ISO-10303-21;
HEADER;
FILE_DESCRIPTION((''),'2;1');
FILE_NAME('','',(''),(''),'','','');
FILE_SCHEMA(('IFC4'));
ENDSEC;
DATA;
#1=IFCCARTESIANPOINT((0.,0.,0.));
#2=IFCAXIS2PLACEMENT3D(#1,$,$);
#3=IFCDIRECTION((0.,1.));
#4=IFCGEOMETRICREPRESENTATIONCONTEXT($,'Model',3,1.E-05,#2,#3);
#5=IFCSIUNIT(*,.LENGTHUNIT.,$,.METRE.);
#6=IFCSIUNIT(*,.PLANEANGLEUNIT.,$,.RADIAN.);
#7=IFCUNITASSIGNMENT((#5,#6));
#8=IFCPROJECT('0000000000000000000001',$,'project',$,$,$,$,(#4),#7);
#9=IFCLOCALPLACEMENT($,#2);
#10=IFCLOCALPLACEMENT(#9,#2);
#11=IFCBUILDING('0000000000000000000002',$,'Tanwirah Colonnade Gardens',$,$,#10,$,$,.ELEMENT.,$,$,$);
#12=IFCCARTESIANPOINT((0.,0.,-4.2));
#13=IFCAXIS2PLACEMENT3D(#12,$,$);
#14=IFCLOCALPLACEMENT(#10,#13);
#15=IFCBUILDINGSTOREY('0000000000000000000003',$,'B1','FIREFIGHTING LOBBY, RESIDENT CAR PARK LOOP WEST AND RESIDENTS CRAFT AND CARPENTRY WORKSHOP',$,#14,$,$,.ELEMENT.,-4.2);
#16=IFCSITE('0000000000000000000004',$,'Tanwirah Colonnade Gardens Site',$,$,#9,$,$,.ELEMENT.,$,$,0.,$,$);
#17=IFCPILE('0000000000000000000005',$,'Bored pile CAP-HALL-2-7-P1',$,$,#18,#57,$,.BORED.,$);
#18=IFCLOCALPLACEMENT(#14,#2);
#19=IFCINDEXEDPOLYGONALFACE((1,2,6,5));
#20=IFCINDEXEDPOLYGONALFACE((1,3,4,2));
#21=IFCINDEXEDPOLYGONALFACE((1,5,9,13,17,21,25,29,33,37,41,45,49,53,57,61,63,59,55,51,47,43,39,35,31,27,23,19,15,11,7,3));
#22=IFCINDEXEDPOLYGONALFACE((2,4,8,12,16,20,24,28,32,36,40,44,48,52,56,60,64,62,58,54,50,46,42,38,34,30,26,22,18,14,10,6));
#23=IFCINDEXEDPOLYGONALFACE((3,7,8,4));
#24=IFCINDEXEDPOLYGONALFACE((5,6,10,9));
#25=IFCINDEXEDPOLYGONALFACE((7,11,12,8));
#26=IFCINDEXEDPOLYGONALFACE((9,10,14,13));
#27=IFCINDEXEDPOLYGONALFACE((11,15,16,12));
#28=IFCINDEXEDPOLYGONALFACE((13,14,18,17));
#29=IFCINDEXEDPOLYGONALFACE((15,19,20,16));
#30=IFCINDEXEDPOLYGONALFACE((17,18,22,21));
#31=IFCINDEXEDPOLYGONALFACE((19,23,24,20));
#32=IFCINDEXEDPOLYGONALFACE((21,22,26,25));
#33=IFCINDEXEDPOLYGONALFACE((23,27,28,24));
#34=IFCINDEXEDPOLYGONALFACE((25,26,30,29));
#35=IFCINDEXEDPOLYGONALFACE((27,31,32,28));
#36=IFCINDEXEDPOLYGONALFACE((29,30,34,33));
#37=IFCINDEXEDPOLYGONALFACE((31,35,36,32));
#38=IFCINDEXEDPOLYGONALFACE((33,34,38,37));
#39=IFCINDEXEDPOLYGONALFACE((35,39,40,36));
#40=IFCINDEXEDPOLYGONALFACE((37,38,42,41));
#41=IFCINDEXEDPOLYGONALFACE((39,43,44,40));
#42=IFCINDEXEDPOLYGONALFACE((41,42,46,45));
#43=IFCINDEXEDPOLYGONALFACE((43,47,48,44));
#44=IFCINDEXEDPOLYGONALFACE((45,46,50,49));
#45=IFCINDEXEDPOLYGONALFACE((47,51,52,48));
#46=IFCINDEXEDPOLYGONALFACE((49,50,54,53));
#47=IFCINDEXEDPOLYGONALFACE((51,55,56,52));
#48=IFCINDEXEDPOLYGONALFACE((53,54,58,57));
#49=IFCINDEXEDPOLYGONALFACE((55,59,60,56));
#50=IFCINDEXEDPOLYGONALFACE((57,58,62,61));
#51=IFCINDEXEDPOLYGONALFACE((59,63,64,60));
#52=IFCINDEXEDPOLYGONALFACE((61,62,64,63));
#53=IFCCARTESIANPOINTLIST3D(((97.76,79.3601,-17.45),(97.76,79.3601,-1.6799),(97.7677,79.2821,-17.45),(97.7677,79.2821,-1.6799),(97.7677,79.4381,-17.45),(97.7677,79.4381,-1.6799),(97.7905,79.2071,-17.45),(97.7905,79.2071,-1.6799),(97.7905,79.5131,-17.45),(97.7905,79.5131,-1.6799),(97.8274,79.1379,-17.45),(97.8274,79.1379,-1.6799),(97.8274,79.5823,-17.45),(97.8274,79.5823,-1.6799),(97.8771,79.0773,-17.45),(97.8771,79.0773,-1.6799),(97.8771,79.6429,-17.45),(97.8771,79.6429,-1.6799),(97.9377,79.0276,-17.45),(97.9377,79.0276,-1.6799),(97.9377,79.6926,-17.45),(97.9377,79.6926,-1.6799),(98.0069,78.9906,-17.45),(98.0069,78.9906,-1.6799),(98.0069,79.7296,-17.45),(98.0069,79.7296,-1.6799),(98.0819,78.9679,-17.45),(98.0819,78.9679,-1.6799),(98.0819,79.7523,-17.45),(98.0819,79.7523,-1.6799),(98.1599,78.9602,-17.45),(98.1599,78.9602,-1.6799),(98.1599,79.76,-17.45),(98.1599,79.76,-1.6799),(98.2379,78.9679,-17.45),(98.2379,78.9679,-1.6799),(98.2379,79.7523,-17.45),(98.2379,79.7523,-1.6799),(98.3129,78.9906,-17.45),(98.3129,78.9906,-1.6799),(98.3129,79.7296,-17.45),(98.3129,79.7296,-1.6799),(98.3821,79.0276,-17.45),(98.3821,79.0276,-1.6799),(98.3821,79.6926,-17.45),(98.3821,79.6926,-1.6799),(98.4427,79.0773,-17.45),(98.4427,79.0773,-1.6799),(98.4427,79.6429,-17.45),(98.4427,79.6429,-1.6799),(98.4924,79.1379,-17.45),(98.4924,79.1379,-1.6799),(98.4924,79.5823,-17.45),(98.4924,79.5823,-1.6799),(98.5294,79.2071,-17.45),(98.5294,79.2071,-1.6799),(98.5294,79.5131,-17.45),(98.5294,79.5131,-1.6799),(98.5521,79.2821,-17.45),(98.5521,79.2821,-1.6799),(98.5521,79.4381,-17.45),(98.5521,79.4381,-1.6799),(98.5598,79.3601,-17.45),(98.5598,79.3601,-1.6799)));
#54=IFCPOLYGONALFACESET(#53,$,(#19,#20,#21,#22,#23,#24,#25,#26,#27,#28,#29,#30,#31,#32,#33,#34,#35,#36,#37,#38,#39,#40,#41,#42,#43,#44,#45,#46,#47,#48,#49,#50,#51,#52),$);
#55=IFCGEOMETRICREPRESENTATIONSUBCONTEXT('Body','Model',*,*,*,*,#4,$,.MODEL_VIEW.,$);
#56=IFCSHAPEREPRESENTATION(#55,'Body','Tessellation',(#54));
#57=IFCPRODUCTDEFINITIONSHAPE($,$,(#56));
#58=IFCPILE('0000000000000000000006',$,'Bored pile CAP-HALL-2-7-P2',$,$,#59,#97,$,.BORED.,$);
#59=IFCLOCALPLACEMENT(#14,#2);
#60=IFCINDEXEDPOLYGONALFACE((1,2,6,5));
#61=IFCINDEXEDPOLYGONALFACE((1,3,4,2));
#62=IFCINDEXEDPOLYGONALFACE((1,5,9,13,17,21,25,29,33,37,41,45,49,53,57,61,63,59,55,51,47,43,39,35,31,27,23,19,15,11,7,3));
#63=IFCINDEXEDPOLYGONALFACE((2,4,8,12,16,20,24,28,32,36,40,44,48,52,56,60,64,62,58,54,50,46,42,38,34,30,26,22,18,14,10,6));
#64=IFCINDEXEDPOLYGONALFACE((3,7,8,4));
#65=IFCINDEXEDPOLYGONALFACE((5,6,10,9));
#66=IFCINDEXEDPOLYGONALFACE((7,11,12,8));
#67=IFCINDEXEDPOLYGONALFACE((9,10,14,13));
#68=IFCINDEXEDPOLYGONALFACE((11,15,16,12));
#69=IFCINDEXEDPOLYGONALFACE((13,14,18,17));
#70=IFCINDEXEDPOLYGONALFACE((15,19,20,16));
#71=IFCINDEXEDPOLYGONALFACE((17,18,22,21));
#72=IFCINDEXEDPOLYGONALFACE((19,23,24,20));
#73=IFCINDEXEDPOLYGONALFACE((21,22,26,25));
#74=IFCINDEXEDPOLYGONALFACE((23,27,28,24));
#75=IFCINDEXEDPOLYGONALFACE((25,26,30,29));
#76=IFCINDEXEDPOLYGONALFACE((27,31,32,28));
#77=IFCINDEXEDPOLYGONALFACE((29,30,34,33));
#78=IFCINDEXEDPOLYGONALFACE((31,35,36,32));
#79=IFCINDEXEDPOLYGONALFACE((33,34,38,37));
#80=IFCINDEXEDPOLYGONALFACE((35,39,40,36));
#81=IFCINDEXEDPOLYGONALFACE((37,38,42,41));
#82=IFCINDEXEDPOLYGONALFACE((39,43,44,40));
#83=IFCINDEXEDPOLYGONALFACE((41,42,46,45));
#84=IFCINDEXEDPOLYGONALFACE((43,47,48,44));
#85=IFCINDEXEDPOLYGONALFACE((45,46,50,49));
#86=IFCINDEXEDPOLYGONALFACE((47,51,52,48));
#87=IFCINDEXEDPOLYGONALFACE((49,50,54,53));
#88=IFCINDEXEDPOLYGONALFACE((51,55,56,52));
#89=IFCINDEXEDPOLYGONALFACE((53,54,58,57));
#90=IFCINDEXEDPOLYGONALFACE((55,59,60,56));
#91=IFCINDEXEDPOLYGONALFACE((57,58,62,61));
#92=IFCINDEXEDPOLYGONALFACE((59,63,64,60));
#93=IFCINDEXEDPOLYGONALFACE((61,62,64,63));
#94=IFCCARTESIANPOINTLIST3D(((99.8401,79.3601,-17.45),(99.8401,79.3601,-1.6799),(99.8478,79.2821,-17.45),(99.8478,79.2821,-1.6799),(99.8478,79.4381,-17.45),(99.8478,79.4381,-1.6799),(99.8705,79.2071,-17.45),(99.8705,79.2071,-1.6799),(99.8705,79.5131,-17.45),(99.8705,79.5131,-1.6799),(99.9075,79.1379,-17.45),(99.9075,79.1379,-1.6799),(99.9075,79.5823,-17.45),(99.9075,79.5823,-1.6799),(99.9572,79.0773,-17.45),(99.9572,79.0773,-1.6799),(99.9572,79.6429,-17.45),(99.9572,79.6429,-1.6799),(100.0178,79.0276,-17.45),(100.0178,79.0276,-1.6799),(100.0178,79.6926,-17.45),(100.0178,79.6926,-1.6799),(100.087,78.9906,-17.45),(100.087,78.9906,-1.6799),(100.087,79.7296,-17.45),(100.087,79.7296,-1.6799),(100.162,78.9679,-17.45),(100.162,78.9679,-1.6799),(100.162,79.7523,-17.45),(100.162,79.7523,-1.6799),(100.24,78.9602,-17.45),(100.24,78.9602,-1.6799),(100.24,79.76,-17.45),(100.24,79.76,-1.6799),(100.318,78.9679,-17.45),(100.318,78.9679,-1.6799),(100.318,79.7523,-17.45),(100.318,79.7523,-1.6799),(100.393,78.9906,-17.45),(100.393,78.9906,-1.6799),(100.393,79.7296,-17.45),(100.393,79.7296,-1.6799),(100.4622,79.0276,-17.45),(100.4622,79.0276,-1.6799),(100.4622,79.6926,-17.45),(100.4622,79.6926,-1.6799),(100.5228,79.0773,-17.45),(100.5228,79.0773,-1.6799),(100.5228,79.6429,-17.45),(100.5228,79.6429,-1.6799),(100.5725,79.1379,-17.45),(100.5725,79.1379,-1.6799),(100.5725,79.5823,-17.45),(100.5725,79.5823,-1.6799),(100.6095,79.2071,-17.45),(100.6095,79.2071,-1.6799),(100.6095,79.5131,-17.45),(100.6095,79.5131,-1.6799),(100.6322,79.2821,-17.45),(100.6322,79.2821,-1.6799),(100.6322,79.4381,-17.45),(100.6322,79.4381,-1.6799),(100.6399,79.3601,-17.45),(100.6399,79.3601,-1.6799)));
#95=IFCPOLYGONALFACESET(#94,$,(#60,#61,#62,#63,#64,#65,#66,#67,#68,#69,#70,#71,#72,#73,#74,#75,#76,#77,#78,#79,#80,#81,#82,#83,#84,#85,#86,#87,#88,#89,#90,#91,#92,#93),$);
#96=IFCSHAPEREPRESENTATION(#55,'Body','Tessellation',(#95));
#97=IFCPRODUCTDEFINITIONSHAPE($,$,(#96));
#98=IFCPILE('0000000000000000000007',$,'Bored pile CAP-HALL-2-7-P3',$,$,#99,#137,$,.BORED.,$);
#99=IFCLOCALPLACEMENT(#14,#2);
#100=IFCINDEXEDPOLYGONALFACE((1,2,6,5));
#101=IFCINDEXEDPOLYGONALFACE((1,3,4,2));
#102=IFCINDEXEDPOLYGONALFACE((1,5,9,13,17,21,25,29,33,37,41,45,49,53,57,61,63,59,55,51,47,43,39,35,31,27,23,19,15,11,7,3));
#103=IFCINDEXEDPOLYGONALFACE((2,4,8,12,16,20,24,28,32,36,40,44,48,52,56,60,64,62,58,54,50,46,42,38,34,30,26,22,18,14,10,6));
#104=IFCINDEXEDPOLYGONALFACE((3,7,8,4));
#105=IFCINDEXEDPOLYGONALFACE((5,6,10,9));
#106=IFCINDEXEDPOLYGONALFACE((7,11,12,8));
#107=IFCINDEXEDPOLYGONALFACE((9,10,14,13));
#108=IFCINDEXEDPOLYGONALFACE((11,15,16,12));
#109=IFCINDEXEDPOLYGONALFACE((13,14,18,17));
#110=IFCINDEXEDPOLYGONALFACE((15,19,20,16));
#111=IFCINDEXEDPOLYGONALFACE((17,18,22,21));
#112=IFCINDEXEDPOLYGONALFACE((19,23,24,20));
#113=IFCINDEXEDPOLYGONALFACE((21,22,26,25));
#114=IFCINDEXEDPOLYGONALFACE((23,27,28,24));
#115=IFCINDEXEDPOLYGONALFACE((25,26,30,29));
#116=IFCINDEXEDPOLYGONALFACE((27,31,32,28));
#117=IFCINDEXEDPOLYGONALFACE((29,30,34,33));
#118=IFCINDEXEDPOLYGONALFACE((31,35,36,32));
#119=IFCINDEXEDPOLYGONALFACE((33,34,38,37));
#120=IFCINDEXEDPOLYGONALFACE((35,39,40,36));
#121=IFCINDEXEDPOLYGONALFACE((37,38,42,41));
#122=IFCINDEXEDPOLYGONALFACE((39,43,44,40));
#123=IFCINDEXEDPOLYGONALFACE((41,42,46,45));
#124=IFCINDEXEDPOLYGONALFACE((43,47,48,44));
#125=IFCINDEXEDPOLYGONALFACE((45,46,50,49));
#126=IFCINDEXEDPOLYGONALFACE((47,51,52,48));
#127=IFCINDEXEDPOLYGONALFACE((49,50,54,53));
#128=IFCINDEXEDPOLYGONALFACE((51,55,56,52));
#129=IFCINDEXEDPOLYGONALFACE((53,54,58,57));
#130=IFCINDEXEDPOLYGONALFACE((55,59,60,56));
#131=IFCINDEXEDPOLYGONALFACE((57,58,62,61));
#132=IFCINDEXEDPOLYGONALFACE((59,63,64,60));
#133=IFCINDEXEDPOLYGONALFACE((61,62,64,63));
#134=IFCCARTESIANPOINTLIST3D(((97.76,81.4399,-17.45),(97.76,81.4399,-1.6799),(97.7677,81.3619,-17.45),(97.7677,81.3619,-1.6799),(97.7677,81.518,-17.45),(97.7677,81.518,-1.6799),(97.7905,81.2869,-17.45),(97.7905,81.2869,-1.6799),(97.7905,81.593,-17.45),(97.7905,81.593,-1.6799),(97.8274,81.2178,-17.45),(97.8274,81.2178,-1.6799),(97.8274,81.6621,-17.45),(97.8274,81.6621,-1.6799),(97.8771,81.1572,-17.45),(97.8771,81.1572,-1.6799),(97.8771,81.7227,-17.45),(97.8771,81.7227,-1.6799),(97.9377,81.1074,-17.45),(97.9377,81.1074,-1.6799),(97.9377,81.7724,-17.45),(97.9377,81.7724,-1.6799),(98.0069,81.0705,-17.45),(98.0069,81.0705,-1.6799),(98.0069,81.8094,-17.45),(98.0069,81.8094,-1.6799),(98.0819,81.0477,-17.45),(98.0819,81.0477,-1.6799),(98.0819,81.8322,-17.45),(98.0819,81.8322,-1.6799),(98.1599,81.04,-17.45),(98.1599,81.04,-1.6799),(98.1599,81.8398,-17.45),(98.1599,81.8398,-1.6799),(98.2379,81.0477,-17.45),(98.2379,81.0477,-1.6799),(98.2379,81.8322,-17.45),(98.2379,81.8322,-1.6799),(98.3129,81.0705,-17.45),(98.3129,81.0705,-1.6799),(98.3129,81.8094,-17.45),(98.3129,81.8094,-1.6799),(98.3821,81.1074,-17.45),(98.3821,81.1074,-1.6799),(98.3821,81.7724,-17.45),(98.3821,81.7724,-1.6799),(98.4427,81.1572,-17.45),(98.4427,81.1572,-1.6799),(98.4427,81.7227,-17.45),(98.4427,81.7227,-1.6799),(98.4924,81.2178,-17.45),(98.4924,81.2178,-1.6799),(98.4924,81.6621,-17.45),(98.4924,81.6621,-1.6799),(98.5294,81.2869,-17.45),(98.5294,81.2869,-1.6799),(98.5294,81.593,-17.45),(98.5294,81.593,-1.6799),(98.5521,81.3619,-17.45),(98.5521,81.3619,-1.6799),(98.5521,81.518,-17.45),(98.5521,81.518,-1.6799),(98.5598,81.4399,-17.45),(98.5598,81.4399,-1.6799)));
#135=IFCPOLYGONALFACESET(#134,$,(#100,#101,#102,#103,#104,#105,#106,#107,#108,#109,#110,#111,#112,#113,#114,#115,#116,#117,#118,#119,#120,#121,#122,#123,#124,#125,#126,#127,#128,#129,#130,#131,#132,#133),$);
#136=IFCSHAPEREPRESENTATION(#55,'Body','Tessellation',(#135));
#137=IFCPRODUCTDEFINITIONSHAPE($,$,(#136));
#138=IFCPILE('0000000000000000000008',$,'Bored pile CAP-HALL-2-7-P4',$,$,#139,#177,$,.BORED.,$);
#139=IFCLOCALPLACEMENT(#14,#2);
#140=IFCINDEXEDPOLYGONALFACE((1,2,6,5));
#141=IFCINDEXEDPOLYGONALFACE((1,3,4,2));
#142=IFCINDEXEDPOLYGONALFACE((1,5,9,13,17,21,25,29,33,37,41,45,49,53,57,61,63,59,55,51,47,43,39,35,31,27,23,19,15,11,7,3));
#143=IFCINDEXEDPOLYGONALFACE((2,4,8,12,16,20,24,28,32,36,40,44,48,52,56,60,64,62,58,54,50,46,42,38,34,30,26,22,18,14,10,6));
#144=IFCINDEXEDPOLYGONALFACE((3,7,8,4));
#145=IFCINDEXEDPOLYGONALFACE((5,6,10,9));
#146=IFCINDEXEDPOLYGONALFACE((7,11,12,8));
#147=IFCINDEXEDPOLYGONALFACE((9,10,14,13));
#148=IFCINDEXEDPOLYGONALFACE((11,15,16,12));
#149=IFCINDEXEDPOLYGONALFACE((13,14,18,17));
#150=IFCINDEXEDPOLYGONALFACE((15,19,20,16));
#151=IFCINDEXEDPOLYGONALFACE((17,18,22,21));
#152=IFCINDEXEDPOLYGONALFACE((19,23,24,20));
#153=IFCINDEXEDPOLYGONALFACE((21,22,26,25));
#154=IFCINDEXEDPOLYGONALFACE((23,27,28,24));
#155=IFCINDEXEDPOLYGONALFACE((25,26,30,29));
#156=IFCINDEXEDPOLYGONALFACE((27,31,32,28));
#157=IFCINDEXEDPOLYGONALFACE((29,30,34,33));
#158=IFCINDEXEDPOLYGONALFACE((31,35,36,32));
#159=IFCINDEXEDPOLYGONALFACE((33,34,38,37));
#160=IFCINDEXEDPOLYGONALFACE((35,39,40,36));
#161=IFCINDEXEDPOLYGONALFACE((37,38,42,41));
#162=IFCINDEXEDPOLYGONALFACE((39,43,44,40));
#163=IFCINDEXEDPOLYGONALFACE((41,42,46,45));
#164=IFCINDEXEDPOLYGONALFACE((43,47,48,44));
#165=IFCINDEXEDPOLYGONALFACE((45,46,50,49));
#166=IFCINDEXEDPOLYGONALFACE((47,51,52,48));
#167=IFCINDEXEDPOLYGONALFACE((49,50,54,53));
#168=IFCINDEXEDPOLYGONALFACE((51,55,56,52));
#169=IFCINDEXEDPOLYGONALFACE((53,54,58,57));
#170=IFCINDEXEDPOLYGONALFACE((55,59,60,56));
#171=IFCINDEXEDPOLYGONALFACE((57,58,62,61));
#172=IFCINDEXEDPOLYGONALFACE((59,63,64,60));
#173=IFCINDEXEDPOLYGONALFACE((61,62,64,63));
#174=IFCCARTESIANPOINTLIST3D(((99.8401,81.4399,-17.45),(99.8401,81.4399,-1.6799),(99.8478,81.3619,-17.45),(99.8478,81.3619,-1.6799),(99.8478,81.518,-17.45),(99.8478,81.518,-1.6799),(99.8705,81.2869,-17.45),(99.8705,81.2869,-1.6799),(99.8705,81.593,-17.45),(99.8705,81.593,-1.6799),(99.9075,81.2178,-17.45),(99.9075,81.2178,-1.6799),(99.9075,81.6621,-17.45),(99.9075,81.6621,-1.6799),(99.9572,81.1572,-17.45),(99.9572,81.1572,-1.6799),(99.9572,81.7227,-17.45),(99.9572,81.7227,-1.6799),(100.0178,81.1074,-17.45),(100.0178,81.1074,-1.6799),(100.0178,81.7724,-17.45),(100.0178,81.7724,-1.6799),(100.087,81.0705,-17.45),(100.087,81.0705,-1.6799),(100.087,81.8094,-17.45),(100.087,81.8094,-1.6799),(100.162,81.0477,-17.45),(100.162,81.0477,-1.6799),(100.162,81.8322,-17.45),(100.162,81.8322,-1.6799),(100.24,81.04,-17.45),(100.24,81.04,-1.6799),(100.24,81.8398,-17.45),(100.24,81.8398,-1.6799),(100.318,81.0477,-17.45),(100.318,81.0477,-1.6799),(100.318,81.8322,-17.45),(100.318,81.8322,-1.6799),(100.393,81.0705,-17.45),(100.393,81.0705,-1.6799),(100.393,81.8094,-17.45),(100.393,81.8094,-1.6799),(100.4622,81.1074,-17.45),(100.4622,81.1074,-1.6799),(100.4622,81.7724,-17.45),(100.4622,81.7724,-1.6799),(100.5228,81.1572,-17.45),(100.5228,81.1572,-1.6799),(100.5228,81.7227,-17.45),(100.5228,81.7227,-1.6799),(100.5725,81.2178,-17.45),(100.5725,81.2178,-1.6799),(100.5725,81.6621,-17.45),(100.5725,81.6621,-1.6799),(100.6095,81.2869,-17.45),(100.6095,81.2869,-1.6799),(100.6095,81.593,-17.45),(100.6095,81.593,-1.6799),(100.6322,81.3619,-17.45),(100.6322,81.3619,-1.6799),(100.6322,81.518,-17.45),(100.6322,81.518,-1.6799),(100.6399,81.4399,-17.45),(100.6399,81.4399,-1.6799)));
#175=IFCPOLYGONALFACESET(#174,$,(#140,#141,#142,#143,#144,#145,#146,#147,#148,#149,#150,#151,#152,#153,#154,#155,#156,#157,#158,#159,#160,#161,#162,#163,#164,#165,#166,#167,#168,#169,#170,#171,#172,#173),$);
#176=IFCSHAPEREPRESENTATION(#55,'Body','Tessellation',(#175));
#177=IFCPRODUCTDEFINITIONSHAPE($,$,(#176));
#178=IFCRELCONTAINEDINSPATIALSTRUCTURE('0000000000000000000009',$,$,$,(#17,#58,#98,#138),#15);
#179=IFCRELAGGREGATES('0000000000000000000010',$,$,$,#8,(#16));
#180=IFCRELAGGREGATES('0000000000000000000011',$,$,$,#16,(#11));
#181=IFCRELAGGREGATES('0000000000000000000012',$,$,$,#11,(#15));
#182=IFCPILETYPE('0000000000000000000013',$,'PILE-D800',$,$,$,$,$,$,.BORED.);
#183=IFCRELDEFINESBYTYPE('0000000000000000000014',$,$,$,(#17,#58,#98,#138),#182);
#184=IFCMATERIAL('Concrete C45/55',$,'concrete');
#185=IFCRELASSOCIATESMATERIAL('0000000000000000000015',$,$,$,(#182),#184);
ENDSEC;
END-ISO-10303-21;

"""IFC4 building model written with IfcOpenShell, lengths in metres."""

from ifc_helpers import new_model, si_unit, direction, frame, origin, origin_2d, place, context, subcontext, project, spatial, circle, extrude, material, material_profile, profile_set, type_object, element, save


model = new_model("IFC4")

# Units and contexts
model_context = context("Model", 3, precision=1e-05, world=origin(), true_north=direction((0.0, 1.0)))
body_context = subcontext(model_context, "Body", "Model", "MODEL_VIEW")
ifc_project = project(units=[si_unit("LENGTHUNIT", "METRE"), si_unit("PLANEANGLEUNIT", "RADIAN")], contexts=[model_context])

# Site, building, storey
site_placement = place(None, origin())
site = spatial("IfcSite", under=ifc_project, at=site_placement, Name="Tanwirah Colonnade Gardens Site", CompositionType="ELEMENT", RefElevation=0.0)
building_placement = place(site_placement, origin())
building = spatial("IfcBuilding", under=site, at=building_placement, Name="Tanwirah Colonnade Gardens", CompositionType="ELEMENT")
storey_placement = place(building_placement, frame((0.0, 0.0, -4.2)))
storey = spatial("IfcBuildingStorey", under=building, at=storey_placement, Name="B1", Description="FIREFIGHTING LOBBY, RESIDENT CAR PARK LOOP WEST AND RESIDENTS CRAFT AND CARPENTRY WORKSHOP", CompositionType="ELEMENT", Elevation=-4.2)

# Shared definitions
ifc_material_1 = material(Name="Concrete C45/55", Category="concrete")

# Piles
ifc_material_profile_1 = material_profile(ifc_material_1, circle(Radius=0.3999, at=origin_2d()), Name="PILE D800")
ifc_profile_set_1 = profile_set([ifc_material_profile_1], Name="Concrete C45/55")
pile_type_1 = type_object("IfcPileType", Name="PILE-D800", PredefinedType="BORED", material=ifc_profile_set_1)
for number, where, z_axis, x_axis, name in (
    (1, (98.1599, 79.3601, -1.6799), (0.0, 0.0, -1.0), (1.0, 0.0, 0.0), "Bored pile CAP-HALL-2-7-P1"),
    (2, (100.24, 79.3601, -1.6799), (0.0, 0.0, -1.0), (1.0, 0.0, 0.0), "Bored pile CAP-HALL-2-7-P2"),
    (3, (98.1599, 81.4399, -1.6799), (0.0, 0.0, -1.0), (1.0, 0.0, 0.0), "Bored pile CAP-HALL-2-7-P3"),
    (4, (100.24, 81.4399, -1.6799), (0.0, 0.0, -1.0), (1.0, 0.0, 0.0), "Bored pile CAP-HALL-2-7-P4"),
):
    element("IfcPile", number, at=place(storey_placement, frame(where, z_axis=z_axis, x_axis=x_axis)), inside=storey, type_object=pile_type_1, Name=name, PredefinedType="BORED", context=body_context, shape_type="SweptSolid", body=[
        extrude(circle(Radius=0.3999, at=origin_2d()), origin(), (0.0, 0.0, 1.0), 15.77),
    ])

save(model, "model.ifc")
